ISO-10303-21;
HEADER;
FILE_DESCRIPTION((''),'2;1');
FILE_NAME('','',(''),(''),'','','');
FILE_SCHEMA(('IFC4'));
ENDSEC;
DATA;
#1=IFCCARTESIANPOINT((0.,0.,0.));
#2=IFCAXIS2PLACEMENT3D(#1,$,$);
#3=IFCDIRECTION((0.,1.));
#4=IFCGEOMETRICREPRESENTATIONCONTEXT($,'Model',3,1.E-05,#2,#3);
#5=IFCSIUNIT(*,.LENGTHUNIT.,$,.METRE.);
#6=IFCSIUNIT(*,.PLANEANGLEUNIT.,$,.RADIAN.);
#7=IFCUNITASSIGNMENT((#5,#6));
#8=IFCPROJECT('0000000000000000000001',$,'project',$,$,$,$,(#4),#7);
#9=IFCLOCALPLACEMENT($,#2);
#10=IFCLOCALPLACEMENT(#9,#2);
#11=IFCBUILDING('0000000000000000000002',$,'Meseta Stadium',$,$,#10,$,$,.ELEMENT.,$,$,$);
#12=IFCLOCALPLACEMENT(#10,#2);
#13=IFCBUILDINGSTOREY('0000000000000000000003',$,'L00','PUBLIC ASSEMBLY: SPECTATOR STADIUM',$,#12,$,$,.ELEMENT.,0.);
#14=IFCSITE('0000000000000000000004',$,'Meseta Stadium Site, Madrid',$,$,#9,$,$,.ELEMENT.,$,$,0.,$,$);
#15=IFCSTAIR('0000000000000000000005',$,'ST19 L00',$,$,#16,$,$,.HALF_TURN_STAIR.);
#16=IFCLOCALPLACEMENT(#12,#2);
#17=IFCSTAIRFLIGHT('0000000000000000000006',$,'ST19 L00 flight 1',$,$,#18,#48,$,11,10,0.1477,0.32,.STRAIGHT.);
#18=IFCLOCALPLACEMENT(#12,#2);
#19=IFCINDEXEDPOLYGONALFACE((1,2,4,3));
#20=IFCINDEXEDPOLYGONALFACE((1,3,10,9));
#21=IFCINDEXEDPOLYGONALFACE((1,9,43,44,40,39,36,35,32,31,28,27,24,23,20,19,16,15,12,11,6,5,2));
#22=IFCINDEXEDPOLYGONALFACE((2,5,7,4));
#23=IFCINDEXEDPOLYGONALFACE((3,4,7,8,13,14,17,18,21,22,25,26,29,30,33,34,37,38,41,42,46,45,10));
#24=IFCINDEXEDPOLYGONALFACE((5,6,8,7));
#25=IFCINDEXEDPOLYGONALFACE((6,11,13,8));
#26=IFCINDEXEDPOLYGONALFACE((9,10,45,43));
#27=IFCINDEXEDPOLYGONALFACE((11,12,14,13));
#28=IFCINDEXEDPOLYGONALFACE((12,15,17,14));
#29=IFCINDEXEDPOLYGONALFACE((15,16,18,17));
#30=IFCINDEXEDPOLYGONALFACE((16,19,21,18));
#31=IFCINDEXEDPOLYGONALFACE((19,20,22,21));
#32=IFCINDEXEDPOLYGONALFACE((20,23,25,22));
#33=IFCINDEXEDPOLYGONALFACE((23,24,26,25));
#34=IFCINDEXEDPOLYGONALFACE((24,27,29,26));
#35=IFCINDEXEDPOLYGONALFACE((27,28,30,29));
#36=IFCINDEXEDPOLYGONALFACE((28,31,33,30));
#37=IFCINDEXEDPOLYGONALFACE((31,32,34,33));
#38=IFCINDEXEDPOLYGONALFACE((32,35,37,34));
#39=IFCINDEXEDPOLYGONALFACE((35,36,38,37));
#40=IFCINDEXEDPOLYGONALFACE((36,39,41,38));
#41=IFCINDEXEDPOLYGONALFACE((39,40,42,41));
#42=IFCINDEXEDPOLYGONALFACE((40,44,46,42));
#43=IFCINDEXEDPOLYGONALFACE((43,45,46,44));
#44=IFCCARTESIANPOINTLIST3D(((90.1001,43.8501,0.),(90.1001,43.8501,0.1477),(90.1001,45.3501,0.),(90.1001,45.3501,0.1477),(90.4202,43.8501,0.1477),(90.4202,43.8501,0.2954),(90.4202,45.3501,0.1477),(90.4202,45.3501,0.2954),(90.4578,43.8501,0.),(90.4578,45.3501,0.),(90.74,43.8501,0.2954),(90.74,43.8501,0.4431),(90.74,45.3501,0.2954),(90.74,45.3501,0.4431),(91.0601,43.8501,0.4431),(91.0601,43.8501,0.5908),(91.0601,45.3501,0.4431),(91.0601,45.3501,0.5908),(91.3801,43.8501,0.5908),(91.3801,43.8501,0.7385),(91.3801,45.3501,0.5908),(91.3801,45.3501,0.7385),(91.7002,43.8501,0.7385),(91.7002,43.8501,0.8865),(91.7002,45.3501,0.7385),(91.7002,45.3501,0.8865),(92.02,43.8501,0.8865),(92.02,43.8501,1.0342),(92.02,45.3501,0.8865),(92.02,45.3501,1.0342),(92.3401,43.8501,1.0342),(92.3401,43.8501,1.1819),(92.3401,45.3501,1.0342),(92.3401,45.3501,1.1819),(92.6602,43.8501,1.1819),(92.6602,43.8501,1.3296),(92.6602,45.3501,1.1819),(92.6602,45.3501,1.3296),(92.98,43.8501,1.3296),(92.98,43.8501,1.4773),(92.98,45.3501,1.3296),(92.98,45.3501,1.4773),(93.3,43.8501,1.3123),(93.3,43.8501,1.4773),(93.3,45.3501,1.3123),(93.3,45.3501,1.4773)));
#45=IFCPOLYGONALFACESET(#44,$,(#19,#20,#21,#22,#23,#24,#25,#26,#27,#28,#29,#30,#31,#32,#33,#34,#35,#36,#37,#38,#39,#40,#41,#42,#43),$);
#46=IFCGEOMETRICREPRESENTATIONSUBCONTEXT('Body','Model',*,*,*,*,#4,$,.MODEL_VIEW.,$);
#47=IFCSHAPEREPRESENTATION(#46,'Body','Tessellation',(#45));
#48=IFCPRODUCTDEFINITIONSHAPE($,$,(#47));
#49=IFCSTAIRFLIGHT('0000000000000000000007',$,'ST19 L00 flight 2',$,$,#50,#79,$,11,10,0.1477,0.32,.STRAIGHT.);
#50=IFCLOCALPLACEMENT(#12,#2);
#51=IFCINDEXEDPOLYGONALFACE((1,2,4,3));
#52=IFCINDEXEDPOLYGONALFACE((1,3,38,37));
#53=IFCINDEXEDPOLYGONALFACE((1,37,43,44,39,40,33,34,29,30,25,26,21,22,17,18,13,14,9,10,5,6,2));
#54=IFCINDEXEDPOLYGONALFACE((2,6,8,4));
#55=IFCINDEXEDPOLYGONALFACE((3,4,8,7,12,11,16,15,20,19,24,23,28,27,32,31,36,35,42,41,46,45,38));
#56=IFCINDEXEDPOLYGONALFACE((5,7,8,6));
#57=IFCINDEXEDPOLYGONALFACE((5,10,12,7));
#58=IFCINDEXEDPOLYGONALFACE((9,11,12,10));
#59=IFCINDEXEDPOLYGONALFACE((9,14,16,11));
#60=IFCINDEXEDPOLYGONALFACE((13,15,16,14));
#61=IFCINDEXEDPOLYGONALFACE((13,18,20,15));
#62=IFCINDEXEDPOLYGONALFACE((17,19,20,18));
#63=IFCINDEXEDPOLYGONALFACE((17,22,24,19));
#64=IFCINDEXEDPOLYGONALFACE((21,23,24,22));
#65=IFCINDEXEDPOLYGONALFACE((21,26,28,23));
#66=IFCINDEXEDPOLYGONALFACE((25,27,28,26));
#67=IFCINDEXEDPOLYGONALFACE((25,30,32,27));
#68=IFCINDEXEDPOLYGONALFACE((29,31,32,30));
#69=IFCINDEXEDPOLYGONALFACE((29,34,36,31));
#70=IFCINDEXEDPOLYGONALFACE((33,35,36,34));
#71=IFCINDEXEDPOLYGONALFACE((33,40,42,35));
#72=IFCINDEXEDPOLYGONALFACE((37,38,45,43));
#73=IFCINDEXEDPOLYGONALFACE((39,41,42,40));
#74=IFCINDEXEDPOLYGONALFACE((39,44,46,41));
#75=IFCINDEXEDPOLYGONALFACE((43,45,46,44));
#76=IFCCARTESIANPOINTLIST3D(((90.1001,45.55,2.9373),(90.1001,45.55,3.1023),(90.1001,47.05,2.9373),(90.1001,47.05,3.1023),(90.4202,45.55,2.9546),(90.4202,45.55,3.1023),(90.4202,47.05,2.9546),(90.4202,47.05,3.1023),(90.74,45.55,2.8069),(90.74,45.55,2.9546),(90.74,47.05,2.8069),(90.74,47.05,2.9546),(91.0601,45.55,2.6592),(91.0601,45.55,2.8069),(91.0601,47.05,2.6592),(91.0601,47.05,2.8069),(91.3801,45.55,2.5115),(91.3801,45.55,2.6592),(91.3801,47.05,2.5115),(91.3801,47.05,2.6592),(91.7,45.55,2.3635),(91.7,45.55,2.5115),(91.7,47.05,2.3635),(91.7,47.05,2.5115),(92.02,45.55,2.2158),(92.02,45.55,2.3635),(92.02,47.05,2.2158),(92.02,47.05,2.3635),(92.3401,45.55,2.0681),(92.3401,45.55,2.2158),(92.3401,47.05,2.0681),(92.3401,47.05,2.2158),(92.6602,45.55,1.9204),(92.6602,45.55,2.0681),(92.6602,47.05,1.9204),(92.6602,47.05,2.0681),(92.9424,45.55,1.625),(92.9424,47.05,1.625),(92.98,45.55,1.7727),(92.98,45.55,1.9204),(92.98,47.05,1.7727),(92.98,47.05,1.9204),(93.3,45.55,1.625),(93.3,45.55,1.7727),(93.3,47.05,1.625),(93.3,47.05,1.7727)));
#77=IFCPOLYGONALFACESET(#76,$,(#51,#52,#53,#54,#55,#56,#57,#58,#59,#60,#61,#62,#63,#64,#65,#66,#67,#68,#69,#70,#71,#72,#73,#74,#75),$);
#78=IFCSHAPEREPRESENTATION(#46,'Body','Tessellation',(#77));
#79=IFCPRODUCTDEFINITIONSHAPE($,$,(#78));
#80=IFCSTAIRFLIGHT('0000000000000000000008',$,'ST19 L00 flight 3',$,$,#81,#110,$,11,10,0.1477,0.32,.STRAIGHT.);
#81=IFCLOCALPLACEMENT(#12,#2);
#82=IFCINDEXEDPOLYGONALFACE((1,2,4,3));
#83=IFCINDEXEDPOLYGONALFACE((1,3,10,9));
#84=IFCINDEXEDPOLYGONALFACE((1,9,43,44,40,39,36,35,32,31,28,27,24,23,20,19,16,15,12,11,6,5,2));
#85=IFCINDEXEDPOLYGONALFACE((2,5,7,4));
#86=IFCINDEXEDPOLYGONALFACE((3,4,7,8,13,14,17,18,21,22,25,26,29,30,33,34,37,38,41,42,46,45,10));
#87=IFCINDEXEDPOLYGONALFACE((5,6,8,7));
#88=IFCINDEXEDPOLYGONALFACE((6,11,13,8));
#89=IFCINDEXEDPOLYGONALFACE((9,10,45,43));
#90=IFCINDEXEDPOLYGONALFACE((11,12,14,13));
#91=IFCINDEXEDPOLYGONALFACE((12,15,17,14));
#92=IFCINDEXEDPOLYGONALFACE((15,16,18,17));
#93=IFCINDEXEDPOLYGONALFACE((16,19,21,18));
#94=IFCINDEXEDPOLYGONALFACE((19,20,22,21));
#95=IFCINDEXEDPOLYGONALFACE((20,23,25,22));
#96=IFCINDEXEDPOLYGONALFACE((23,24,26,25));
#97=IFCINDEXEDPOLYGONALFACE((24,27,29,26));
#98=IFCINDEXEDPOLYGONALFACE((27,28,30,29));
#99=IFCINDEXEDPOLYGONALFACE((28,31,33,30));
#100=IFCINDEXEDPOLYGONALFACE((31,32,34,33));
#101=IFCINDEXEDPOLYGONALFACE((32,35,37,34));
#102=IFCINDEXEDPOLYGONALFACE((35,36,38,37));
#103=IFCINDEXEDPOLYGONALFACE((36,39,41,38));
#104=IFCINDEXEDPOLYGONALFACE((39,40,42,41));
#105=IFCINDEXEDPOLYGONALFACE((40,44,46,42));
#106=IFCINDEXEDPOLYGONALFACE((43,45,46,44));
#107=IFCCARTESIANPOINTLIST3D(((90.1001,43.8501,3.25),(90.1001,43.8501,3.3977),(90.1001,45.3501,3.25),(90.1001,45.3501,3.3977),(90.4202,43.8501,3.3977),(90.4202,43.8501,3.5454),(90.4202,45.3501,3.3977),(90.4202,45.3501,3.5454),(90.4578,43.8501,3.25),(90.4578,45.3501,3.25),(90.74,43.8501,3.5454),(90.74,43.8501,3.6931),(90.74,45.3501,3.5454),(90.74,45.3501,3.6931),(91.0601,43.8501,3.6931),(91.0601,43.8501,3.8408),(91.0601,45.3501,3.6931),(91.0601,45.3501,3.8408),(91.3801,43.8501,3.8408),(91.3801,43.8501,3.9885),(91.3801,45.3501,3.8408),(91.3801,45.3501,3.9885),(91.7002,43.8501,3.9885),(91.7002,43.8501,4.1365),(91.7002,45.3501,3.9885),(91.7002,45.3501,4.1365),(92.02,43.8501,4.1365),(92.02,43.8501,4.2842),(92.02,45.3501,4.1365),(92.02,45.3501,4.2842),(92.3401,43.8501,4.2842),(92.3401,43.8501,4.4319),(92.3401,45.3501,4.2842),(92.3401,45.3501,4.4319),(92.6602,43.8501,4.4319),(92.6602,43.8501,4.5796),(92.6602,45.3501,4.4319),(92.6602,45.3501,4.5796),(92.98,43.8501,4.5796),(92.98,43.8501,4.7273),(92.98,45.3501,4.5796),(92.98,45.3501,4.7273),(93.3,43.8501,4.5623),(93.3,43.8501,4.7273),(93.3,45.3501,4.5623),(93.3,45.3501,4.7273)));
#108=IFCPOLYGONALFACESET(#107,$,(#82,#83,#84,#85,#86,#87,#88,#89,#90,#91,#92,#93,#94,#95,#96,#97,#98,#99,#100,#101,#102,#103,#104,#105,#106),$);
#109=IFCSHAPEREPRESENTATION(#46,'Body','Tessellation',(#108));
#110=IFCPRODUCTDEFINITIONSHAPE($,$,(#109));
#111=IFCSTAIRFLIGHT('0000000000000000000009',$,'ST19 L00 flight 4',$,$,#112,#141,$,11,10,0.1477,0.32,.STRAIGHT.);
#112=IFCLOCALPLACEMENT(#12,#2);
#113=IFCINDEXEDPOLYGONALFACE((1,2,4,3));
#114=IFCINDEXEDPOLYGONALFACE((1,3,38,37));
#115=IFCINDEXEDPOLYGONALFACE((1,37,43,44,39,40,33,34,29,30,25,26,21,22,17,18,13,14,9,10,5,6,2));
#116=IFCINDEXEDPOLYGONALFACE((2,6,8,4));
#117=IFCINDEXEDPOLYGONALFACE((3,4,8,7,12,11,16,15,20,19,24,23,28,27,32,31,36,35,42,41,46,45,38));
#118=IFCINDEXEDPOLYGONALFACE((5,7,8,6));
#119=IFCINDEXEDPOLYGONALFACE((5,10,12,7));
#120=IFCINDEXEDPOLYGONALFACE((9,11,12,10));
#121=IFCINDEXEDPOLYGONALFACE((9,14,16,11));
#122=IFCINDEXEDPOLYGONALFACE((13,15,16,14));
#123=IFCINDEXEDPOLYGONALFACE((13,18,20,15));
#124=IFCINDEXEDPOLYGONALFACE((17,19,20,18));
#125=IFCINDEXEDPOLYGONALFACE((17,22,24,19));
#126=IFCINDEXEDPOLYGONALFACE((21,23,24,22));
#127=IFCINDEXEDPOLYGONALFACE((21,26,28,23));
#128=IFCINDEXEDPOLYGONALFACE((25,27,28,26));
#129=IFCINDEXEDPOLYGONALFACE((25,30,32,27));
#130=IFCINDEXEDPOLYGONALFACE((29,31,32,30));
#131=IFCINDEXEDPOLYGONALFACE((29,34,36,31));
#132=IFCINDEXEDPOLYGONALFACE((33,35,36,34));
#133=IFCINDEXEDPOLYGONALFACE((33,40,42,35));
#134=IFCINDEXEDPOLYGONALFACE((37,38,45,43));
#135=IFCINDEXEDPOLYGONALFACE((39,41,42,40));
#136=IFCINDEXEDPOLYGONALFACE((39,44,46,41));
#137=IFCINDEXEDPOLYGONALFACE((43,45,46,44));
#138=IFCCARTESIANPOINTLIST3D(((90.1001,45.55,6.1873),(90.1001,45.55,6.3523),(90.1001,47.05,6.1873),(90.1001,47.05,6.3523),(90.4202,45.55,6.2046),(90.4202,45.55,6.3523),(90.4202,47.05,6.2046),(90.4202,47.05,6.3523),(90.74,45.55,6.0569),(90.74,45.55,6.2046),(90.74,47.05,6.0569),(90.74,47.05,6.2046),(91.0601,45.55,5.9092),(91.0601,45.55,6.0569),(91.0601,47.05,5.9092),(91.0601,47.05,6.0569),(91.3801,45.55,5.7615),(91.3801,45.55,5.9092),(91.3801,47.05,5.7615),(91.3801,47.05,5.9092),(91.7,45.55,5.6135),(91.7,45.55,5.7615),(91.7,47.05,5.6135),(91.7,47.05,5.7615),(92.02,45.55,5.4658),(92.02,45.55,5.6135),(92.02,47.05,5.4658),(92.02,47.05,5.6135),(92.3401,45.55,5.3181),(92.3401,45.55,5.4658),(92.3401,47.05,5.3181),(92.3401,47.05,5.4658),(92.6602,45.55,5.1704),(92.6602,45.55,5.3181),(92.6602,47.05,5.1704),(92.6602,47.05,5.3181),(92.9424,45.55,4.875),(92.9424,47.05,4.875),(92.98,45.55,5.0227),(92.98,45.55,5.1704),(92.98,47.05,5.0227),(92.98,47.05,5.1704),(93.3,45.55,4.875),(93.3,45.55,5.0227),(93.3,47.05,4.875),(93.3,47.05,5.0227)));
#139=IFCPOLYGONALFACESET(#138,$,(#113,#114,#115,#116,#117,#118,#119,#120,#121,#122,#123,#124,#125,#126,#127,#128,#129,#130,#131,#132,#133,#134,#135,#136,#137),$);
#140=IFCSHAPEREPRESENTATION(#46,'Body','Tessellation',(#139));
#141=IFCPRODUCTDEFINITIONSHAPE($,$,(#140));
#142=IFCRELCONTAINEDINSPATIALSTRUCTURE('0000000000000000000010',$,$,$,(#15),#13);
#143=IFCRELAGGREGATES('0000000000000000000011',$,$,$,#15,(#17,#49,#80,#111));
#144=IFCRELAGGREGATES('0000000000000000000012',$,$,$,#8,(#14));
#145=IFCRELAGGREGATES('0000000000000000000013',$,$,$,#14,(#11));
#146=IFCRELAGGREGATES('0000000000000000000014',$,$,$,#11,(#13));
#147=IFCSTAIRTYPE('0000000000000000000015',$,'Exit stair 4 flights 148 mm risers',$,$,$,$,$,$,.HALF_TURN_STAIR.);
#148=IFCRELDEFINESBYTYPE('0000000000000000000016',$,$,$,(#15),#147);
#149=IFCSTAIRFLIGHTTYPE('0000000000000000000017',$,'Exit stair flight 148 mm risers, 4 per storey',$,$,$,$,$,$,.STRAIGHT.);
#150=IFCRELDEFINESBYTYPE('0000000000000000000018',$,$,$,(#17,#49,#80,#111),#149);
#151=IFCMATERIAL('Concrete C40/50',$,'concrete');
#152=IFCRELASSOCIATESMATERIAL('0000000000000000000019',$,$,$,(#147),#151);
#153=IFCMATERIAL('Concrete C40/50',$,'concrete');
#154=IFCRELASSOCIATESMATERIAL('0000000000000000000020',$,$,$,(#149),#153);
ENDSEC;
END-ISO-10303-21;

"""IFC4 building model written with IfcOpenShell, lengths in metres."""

from ifc_helpers import new_model, si_unit, direction, frame, origin, place, context, subcontext, project, spatial, polyline, outline, extrude, material, type_object, element, aggregate, save


model = new_model("IFC4")

# Units and contexts
model_context = context("Model", 3, precision=1e-05, world=origin(), true_north=direction((0.0, 1.0)))
body_context = subcontext(model_context, "Body", "Model", "MODEL_VIEW")
ifc_project = project(units=[si_unit("LENGTHUNIT", "METRE"), si_unit("PLANEANGLEUNIT", "RADIAN")], contexts=[model_context])

# Site, building, storey
site_placement = place(None, origin())
site = spatial("IfcSite", under=ifc_project, at=site_placement, Name="Meseta Stadium Site, Madrid", CompositionType="ELEMENT", RefElevation=0.0)
building_placement = place(site_placement, origin())
building = spatial("IfcBuilding", under=site, at=building_placement, Name="Meseta Stadium", CompositionType="ELEMENT")
storey_placement = place(building_placement, origin())
storey = spatial("IfcBuildingStorey", under=building, at=storey_placement, Name="L00", Description="PUBLIC ASSEMBLY: SPECTATOR STADIUM", CompositionType="ELEMENT", Elevation=0.0)

# Stair, stair flights
ifc_material_1 = material(Name="Concrete C40/50", Category="concrete")
stair_type = type_object("IfcStairType", Name="Exit stair 4 flights 148 mm risers", PredefinedType="HALF_TURN_STAIR", material=ifc_material_1)
ifc_material_2 = material(Name="Concrete C40/50", Category="concrete")
stair_flight_type = type_object("IfcStairFlightType", Name="Exit stair flight 148 mm risers, 4 per storey", PredefinedType="STRAIGHT", material=ifc_material_2)
stair_1_placement = place(storey_placement, origin())
stair_1 = element("IfcStair", 1, at=stair_1_placement, inside=storey, type_object=stair_type, Name="ST19 L00", PredefinedType="HALF_TURN_STAIR")
stair_flight_1_placement = place(storey_placement, frame((90.1001, 44.6001, 0.0), z_axis=(0.0, 0.0, 1.0), x_axis=(1.0, 0.0, 0.0)))
stair_flight_1 = element("IfcStairFlight", 2, at=stair_flight_1_placement, type_object=stair_flight_type, Name="ST19 L00 flight 1", NumberOfRisers=11, NumberOfTreads=10, PredefinedType="STRAIGHT", RiserHeight=0.1477, TreadLength=0.32, context=body_context, shape_type="SweptSolid", body=[
    extrude(outline(polyline([(0.0, 0.0), (0.0, 0.1477), (0.3201, 0.1477), (0.3201, 0.2954), (0.6399, 0.2954), (0.6399, 0.4431), (0.96, 0.4431), (0.96, 0.5908), (1.28, 0.5908), (1.28, 0.7385), (1.6001, 0.7385), (1.6001, 0.8865), (1.9199, 0.8865), (1.9199, 1.0342), (2.24, 1.0342), (2.24, 1.1819), (2.5601, 1.1819), (2.5601, 1.3296), (2.8799, 1.3296), (2.8799, 1.4773), (3.2, 1.4773), (3.2, 1.3123), (0.3577, 0.0), (0.0, 0.0)])), frame((0.0, 0.75, 0.0), z_axis=(0.0, -1.0, 0.0), x_axis=(1.0, 0.0, 0.0)), (0.0, 0.0, 1.0), 1.5),
])
stair_flight_2_placement = place(storey_placement, frame((93.3, 46.3, 1.625), z_axis=(0.0, 0.0, 1.0), x_axis=(-1.0, 0.0, 0.0)))
stair_flight_2 = element("IfcStairFlight", 3, at=stair_flight_2_placement, type_object=stair_flight_type, Name="ST19 L00 flight 2", NumberOfRisers=11, NumberOfTreads=10, PredefinedType="STRAIGHT", RiserHeight=0.1477, TreadLength=0.32, context=body_context, shape_type="SweptSolid", body=[
    extrude(outline(polyline([(0.0, 0.0), (0.0, 0.1477), (0.3201, 0.1477), (0.3201, 0.2954), (0.6399, 0.2954), (0.6399, 0.4431), (0.96, 0.4431), (0.96, 0.5908), (1.28, 0.5908), (1.28, 0.7385), (1.6001, 0.7385), (1.6001, 0.8865), (1.9199, 0.8865), (1.9199, 1.0342), (2.24, 1.0342), (2.24, 1.1819), (2.5601, 1.1819), (2.5601, 1.3296), (2.8799, 1.3296), (2.8799, 1.4773), (3.2, 1.4773), (3.2, 1.3123), (0.3577, 0.0), (0.0, 0.0)])), frame((0.0, 0.75, 0.0), z_axis=(0.0, -1.0, 0.0), x_axis=(1.0, 0.0, 0.0)), (0.0, 0.0, 1.0), 1.5),
])
stair_flight_3_placement = place(storey_placement, frame((90.1001, 44.6001, 3.25), z_axis=(0.0, 0.0, 1.0), x_axis=(1.0, 0.0, 0.0)))
stair_flight_3 = element("IfcStairFlight", 4, at=stair_flight_3_placement, type_object=stair_flight_type, Name="ST19 L00 flight 3", NumberOfRisers=11, NumberOfTreads=10, PredefinedType="STRAIGHT", RiserHeight=0.1477, TreadLength=0.32, context=body_context, shape_type="SweptSolid", body=[
    extrude(outline(polyline([(0.0, 0.0), (0.0, 0.1477), (0.3201, 0.1477), (0.3201, 0.2954), (0.6399, 0.2954), (0.6399, 0.4431), (0.96, 0.4431), (0.96, 0.5908), (1.28, 0.5908), (1.28, 0.7385), (1.6001, 0.7385), (1.6001, 0.8865), (1.9199, 0.8865), (1.9199, 1.0342), (2.24, 1.0342), (2.24, 1.1819), (2.5601, 1.1819), (2.5601, 1.3296), (2.8799, 1.3296), (2.8799, 1.4773), (3.2, 1.4773), (3.2, 1.3123), (0.3577, 0.0), (0.0, 0.0)])), frame((0.0, 0.75, 0.0), z_axis=(0.0, -1.0, 0.0), x_axis=(1.0, 0.0, 0.0)), (0.0, 0.0, 1.0), 1.5),
])
stair_flight_4_placement = place(storey_placement, frame((93.3, 46.3, 4.875), z_axis=(0.0, 0.0, 1.0), x_axis=(-1.0, 0.0, 0.0)))
stair_flight_4 = element("IfcStairFlight", 5, at=stair_flight_4_placement, type_object=stair_flight_type, Name="ST19 L00 flight 4", NumberOfRisers=11, NumberOfTreads=10, PredefinedType="STRAIGHT", RiserHeight=0.1477, TreadLength=0.32, context=body_context, shape_type="SweptSolid", body=[
    extrude(outline(polyline([(0.0, 0.0), (0.0, 0.1477), (0.3201, 0.1477), (0.3201, 0.2954), (0.6399, 0.2954), (0.6399, 0.4431), (0.96, 0.4431), (0.96, 0.5908), (1.28, 0.5908), (1.28, 0.7385), (1.6001, 0.7385), (1.6001, 0.8865), (1.9199, 0.8865), (1.9199, 1.0342), (2.24, 1.0342), (2.24, 1.1819), (2.5601, 1.1819), (2.5601, 1.3296), (2.8799, 1.3296), (2.8799, 1.4773), (3.2, 1.4773), (3.2, 1.3123), (0.3577, 0.0), (0.0, 0.0)])), frame((0.0, 0.75, 0.0), z_axis=(0.0, -1.0, 0.0), x_axis=(1.0, 0.0, 0.0)), (0.0, 0.0, 1.0), 1.5),
])
aggregate(stair_1, [stair_flight_1, stair_flight_2, stair_flight_3, stair_flight_4])

save(model, "model.ifc")
